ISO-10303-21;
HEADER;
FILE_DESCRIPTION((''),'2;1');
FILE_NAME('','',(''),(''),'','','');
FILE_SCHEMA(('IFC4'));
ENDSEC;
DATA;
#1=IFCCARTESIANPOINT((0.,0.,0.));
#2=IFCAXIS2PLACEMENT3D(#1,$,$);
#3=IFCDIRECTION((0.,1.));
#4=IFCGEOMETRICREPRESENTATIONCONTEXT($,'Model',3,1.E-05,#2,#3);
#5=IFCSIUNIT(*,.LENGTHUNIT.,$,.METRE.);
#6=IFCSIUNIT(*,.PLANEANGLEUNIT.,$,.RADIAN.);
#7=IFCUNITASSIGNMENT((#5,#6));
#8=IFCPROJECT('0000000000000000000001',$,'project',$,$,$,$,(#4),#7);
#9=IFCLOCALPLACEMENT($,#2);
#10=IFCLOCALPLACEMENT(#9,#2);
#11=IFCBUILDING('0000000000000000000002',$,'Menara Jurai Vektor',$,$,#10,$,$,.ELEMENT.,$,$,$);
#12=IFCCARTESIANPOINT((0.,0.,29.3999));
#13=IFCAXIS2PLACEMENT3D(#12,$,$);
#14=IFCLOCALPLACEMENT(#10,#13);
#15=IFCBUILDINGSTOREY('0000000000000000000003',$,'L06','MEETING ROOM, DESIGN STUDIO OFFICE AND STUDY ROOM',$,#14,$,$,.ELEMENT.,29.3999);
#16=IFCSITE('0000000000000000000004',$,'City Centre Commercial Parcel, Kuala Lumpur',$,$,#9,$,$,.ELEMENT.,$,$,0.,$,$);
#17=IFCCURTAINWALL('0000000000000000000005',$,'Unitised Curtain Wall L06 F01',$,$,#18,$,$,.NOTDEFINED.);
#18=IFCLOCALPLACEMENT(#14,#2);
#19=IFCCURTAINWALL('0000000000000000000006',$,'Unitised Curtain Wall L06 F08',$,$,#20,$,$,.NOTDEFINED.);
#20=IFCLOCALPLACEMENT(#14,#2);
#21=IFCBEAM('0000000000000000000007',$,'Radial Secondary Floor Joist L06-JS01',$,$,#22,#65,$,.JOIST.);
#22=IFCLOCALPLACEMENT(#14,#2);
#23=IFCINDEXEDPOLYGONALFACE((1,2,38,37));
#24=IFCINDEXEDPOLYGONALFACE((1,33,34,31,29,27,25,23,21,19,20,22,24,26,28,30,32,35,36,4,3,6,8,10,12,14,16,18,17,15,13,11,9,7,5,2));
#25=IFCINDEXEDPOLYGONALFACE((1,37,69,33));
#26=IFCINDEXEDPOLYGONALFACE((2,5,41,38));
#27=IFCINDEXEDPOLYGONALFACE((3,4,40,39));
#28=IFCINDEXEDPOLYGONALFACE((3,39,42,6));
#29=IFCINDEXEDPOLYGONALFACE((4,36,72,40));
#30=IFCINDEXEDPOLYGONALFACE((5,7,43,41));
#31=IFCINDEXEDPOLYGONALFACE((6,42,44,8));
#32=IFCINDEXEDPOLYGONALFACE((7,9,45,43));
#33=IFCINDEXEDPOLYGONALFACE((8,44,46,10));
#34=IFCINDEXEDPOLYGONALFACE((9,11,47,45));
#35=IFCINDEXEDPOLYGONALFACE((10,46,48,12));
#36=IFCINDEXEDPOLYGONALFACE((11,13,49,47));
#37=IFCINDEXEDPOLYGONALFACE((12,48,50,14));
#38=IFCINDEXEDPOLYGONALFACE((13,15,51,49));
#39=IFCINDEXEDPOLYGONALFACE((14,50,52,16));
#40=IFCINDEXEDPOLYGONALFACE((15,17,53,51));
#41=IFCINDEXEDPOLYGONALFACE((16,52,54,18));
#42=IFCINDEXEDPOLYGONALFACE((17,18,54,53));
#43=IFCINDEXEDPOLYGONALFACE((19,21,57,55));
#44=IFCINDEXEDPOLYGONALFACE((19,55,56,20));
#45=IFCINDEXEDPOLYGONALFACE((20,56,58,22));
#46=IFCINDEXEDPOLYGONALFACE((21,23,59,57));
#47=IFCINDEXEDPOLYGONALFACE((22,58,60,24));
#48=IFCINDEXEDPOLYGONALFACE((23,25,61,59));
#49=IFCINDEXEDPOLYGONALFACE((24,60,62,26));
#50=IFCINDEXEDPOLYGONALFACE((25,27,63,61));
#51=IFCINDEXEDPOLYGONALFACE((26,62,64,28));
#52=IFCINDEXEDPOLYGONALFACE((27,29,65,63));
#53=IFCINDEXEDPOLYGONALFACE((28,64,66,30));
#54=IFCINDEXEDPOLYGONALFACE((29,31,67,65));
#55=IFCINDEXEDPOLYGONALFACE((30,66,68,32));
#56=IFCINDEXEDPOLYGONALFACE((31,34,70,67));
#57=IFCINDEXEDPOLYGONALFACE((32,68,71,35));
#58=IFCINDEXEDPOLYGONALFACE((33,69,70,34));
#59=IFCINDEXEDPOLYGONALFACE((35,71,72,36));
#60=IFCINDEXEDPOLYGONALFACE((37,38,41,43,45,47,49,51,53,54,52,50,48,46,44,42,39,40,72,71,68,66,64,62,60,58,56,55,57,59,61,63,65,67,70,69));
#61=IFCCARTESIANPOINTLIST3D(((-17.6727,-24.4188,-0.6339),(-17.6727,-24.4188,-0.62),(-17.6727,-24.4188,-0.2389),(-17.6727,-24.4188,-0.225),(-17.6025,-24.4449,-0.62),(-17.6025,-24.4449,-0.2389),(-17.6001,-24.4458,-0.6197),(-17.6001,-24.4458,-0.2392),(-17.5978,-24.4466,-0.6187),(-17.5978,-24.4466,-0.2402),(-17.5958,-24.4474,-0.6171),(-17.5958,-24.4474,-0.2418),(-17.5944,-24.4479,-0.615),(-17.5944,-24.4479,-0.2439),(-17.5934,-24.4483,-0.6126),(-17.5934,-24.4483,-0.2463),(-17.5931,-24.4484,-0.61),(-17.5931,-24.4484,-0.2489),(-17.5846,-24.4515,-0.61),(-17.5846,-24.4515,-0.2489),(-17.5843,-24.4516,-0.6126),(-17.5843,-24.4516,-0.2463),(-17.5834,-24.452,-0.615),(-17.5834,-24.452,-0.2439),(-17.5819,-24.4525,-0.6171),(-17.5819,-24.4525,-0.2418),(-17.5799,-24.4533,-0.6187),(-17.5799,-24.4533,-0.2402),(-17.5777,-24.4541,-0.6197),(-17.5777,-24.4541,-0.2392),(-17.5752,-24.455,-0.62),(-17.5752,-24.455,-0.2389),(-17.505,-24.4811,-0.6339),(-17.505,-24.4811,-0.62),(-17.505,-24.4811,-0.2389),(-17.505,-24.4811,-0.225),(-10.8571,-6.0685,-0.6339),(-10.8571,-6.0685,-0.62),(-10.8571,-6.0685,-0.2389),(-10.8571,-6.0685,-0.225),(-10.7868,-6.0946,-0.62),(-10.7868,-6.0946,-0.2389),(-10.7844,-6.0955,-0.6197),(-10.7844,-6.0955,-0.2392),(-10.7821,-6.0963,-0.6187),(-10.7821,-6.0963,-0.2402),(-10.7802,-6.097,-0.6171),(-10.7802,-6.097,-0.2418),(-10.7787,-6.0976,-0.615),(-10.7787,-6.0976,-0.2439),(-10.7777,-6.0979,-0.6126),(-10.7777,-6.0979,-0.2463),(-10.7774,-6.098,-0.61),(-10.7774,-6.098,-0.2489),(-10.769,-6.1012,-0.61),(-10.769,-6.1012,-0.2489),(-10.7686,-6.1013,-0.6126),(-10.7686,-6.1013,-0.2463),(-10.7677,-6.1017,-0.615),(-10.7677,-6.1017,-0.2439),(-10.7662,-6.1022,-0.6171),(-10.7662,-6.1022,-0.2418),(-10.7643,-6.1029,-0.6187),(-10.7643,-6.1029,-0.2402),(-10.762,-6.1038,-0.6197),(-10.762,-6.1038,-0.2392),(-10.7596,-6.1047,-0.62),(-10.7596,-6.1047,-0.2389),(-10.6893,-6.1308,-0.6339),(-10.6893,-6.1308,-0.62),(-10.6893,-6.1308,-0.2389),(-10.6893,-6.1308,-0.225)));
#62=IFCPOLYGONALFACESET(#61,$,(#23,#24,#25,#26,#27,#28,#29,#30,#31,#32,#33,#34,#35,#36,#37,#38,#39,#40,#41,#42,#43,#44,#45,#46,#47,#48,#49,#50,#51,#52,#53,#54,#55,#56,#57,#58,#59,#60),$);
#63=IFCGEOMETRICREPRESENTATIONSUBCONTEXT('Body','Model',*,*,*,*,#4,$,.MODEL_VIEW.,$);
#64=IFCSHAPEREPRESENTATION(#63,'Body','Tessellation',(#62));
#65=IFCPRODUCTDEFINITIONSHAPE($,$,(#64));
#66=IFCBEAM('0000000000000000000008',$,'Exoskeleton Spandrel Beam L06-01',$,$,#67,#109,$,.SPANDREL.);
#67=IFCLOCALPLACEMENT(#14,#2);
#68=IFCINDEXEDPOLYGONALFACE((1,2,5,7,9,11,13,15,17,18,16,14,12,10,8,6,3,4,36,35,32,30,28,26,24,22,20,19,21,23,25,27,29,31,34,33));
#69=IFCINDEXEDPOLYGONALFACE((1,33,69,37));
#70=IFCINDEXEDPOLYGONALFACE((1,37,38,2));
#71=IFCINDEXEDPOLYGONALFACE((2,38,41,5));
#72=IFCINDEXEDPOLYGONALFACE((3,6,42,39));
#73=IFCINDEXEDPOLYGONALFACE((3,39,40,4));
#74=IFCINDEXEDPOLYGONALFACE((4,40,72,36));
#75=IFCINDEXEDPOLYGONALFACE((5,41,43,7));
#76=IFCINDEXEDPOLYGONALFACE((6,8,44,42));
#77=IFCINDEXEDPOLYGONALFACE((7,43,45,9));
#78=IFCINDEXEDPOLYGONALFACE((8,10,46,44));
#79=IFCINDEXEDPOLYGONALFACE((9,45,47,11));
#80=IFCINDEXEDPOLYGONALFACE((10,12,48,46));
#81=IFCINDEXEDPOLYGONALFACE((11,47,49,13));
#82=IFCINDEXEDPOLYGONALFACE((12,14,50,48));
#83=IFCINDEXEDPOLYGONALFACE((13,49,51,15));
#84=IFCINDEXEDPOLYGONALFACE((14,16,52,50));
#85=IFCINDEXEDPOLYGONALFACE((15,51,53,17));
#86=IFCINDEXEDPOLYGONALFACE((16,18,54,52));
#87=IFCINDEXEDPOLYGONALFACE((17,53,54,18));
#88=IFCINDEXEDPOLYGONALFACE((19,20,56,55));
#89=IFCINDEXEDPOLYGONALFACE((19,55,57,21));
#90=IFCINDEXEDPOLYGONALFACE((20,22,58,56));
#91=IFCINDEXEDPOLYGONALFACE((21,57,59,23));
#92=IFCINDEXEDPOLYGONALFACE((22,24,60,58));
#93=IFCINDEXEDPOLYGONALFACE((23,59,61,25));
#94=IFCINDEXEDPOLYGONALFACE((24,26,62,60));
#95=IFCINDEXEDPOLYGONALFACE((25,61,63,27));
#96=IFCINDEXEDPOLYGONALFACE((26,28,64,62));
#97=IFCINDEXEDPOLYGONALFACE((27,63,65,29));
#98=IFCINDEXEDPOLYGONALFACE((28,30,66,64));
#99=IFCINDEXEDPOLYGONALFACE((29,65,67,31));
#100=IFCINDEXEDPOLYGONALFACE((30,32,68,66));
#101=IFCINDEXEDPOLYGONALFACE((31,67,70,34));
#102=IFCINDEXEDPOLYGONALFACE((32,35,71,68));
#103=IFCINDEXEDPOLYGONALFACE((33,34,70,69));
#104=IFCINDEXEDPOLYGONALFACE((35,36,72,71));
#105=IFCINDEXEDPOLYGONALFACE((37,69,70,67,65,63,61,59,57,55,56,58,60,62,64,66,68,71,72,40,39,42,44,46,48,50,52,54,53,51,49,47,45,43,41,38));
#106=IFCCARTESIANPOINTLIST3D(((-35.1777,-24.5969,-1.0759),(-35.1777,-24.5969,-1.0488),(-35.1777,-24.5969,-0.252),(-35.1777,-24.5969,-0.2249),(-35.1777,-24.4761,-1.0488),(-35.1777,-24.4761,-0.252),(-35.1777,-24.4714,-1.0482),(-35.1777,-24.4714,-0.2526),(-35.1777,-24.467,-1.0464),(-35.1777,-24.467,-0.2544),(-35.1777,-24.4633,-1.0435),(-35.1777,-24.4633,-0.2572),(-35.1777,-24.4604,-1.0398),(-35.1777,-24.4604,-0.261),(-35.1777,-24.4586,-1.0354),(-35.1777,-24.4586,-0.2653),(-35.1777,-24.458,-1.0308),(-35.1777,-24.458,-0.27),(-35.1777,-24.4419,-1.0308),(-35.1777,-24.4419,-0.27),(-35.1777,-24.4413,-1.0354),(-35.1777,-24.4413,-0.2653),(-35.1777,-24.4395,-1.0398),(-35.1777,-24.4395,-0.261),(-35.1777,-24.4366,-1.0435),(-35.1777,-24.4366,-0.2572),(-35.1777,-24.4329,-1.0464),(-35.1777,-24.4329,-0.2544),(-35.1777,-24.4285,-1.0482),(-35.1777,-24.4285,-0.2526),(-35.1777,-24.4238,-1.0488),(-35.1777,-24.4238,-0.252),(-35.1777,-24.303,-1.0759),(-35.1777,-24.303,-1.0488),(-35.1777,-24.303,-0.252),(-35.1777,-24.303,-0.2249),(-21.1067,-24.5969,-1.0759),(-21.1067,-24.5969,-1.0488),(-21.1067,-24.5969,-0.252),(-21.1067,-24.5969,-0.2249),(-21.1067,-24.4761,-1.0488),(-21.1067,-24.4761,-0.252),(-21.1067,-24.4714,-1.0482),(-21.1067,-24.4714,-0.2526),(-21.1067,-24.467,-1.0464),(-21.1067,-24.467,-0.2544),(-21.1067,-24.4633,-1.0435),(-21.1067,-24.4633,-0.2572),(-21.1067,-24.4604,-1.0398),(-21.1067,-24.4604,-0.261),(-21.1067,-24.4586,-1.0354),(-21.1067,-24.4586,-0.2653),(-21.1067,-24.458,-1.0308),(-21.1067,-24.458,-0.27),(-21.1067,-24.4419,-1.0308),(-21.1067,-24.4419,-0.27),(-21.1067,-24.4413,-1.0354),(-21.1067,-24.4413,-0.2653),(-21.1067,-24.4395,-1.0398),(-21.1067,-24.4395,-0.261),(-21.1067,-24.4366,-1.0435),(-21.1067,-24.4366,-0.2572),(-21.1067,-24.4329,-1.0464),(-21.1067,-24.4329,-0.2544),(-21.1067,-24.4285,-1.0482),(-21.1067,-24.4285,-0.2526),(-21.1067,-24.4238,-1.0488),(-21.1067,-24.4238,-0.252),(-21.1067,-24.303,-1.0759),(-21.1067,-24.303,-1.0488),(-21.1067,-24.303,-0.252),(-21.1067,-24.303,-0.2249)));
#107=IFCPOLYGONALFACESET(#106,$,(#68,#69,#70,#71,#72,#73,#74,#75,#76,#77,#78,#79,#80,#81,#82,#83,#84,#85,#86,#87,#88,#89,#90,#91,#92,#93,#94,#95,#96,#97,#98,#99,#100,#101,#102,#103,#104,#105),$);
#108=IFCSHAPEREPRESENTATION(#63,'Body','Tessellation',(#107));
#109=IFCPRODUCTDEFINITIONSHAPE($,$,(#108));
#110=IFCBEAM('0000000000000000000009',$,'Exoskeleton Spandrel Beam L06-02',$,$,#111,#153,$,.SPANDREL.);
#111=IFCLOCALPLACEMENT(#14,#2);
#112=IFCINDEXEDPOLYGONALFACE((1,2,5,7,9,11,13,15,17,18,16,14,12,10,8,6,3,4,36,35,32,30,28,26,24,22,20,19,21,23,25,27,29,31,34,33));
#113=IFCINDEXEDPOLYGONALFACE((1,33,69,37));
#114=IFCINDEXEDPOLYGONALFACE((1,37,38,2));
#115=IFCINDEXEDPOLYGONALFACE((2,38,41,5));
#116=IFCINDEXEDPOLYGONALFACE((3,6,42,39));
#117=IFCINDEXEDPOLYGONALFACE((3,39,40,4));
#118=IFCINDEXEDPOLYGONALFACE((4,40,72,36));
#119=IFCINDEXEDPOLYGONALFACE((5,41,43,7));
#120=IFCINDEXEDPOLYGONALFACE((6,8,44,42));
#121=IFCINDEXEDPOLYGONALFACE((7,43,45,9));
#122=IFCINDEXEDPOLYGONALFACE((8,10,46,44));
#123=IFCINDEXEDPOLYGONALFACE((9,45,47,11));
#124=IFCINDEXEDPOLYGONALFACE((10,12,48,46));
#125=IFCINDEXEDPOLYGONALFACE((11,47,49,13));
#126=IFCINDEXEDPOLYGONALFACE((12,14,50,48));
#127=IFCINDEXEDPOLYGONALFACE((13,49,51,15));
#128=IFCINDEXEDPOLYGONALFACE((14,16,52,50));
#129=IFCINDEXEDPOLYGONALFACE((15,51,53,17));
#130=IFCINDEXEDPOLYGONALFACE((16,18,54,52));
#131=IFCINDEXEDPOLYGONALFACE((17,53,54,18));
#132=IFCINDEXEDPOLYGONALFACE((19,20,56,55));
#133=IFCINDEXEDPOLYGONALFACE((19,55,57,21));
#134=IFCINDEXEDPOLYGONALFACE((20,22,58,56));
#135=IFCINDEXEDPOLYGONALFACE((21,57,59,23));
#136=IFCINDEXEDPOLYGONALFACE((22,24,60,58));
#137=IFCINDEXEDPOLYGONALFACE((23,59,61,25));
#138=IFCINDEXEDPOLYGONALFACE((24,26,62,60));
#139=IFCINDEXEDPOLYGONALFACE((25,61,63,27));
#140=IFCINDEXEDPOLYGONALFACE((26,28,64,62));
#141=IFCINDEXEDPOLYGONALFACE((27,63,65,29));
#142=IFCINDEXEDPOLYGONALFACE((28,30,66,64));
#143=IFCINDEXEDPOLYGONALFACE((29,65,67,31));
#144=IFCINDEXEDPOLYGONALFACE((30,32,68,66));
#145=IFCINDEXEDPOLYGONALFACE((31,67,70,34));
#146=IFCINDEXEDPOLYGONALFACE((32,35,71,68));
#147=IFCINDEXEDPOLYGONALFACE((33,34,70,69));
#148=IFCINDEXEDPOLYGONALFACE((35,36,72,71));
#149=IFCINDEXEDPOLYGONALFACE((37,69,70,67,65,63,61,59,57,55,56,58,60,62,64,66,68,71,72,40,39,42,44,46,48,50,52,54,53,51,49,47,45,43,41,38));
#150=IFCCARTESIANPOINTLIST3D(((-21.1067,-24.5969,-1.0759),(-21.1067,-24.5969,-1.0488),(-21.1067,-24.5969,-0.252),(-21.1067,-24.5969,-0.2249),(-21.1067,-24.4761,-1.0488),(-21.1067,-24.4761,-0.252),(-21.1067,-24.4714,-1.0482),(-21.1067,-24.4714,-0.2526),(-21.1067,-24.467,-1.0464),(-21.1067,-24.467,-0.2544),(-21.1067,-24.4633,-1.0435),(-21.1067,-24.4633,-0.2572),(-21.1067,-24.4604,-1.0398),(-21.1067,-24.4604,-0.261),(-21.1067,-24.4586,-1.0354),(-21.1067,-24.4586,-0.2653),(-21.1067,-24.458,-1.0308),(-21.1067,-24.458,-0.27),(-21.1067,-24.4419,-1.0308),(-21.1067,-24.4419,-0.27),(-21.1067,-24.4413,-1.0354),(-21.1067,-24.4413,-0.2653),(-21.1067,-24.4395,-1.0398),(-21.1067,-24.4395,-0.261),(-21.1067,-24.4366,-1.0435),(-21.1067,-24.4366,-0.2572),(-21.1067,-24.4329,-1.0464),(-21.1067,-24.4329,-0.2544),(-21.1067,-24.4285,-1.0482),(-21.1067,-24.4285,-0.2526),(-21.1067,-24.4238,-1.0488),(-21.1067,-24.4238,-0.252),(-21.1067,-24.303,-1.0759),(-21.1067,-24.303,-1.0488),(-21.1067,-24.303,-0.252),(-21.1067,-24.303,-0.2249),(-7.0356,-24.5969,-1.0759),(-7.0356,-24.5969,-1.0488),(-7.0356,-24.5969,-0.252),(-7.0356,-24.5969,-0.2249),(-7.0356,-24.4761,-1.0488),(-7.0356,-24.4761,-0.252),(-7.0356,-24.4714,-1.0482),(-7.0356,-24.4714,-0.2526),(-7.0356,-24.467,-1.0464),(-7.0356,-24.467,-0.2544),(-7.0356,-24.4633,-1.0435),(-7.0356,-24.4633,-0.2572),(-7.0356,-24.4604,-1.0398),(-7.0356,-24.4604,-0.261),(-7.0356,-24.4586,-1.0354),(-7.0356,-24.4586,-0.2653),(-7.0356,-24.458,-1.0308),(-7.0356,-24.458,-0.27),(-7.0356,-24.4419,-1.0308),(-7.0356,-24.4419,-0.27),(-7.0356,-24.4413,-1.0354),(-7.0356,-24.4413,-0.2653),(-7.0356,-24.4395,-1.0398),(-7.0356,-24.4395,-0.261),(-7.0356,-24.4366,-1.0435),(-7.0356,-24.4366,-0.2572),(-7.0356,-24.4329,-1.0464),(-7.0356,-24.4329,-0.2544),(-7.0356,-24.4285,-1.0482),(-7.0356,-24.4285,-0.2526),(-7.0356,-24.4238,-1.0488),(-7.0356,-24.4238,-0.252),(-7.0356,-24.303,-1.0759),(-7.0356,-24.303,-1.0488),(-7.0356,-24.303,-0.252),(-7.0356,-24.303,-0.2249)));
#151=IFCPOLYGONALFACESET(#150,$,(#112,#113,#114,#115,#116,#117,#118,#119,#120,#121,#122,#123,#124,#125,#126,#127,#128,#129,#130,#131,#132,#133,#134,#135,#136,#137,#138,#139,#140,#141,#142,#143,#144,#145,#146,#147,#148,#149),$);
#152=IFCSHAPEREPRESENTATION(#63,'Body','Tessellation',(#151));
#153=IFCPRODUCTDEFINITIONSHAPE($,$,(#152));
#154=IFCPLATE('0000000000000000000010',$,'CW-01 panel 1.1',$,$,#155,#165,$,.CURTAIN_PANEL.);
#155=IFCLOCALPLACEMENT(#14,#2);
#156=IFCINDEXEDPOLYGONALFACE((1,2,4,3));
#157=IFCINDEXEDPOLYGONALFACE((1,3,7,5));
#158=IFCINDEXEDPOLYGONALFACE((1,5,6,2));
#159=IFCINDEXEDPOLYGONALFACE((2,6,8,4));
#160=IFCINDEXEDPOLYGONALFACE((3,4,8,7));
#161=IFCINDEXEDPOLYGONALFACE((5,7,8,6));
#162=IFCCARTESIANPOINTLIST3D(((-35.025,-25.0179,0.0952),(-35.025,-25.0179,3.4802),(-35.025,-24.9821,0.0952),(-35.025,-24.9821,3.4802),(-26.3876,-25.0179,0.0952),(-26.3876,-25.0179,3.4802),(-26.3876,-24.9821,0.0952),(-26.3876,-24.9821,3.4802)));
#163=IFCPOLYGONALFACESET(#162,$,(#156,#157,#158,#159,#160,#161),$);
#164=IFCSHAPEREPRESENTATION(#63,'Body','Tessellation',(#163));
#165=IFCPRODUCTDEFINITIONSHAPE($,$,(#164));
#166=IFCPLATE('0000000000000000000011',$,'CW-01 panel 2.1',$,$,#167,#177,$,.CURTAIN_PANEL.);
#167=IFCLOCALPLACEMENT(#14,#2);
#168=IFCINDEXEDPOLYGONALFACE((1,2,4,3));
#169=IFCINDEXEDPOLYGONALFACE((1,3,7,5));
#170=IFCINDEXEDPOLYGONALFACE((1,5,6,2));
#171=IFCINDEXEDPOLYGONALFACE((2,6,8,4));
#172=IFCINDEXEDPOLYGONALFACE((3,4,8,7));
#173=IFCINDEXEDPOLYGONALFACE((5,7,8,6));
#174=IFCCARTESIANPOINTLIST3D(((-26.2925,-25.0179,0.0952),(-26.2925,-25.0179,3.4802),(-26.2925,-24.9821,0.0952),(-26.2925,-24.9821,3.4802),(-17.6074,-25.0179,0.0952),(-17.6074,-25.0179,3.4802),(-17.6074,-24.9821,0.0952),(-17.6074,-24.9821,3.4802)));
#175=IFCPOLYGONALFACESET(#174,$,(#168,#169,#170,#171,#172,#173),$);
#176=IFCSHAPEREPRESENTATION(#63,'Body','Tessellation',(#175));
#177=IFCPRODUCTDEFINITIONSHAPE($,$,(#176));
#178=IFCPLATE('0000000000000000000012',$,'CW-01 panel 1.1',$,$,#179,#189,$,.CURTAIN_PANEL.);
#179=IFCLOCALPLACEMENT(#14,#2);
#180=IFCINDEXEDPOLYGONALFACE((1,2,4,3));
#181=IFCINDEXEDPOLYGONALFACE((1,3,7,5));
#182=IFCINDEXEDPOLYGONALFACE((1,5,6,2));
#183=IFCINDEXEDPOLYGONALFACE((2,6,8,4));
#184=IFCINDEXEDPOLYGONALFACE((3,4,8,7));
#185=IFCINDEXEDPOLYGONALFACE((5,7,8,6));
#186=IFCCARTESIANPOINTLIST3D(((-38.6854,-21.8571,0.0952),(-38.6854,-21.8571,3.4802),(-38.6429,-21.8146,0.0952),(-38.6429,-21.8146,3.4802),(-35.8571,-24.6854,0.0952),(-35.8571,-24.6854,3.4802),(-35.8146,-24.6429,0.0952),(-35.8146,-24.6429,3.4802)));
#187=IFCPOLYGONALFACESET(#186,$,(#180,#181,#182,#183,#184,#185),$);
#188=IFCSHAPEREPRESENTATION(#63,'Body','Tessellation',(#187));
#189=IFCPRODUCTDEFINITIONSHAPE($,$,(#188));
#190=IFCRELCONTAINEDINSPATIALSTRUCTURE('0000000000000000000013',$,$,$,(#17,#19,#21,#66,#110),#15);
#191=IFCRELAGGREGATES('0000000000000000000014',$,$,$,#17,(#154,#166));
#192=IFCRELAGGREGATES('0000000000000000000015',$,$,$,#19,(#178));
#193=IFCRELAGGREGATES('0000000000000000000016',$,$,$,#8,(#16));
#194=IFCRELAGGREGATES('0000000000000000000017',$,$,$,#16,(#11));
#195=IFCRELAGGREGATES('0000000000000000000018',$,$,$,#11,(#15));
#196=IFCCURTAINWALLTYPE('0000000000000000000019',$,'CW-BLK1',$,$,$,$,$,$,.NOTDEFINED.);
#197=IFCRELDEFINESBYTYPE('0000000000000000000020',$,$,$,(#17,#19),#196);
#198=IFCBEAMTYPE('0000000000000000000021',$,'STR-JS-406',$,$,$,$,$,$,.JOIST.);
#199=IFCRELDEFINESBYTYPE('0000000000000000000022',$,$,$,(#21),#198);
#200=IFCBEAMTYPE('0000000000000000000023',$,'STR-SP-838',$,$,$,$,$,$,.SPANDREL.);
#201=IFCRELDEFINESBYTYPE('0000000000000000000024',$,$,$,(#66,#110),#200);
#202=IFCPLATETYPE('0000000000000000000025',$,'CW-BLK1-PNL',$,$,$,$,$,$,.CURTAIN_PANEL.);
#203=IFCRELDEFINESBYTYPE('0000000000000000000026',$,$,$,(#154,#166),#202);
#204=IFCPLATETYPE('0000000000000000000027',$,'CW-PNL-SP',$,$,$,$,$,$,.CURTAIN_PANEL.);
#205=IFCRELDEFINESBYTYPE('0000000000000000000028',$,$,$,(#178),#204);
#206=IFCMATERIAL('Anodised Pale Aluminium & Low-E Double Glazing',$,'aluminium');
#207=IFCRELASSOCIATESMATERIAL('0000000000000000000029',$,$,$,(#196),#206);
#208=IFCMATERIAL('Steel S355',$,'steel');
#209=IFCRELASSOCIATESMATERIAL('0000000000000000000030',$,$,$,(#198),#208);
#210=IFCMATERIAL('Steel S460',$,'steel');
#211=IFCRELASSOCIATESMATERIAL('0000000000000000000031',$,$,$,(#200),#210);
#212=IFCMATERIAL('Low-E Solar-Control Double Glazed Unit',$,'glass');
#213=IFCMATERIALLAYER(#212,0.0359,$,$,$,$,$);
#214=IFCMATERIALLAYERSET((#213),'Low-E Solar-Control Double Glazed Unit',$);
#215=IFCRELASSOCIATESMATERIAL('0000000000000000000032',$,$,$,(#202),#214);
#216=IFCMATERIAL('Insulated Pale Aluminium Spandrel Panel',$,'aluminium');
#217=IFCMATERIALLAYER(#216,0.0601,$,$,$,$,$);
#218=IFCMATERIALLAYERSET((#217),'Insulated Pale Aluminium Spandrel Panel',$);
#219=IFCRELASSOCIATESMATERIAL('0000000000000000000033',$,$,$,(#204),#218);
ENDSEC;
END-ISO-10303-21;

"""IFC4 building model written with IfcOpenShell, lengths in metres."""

from ifc_helpers import new_model, si_unit, direction, frame, origin, origin_2d, place, context, subcontext, project, spatial, rectangle, i_section, extrude, material, layer, layer_set, material_profile, profile_set, type_object, element, aggregate, save


model = new_model("IFC4")

# Units and contexts
model_context = context("Model", 3, precision=1e-05, world=origin(), true_north=direction((0.0, 1.0)))
body_context = subcontext(model_context, "Body", "Model", "MODEL_VIEW")
ifc_project = project(units=[si_unit("LENGTHUNIT", "METRE"), si_unit("PLANEANGLEUNIT", "RADIAN")], contexts=[model_context])

# Site, building, storey
site_placement = place(None, origin())
site = spatial("IfcSite", under=ifc_project, at=site_placement, Name="City Centre Commercial Parcel, Kuala Lumpur", CompositionType="ELEMENT", RefElevation=0.0)
building_placement = place(site_placement, origin())
building = spatial("IfcBuilding", under=site, at=building_placement, Name="Menara Jurai Vektor", CompositionType="ELEMENT")
storey_placement = place(building_placement, frame((0.0, 0.0, 29.3999)))
storey = spatial("IfcBuildingStorey", under=building, at=storey_placement, Name="L06", Description="MEETING ROOM, DESIGN STUDIO OFFICE AND STUDY ROOM", CompositionType="ELEMENT", Elevation=29.3999)

# Shared definitions
ifc_material_1 = material(Name="Steel S460", Category="steel")

# Curtain wall
ifc_material_2 = material(Name="Anodised Pale Aluminium & Low-E Double Glazing", Category="aluminium")
curtain_wall_type = type_object("IfcCurtainWallType", Name="CW-BLK1", PredefinedType="NOTDEFINED", material=ifc_material_2)
curtain_wall_1_placement = place(storey_placement, origin())
curtain_wall_1 = element("IfcCurtainWall", 1, at=curtain_wall_1_placement, inside=storey, type_object=curtain_wall_type, Name="Unitised Curtain Wall L06 F01", PredefinedType="NOTDEFINED")

# Curtain wall
curtain_wall_2_placement = place(storey_placement, origin())
curtain_wall_2 = element("IfcCurtainWall", 2, at=curtain_wall_2_placement, inside=storey, type_object=curtain_wall_type, Name="Unitised Curtain Wall L06 F08", PredefinedType="NOTDEFINED")

# Beams
ifc_material_3 = material(Name="Steel S355", Category="steel")
ifc_material_profile_1 = material_profile(ifc_material_3, i_section(OverallWidth=0.179, OverallDepth=0.4089, WebThickness=0.009, FlangeThickness=0.0139, FilletRadius=0.01, at=origin_2d()), Name="UKB 406x178x67")
ifc_profile_set_1 = profile_set([ifc_material_profile_1], Name="Steel S355")
beam_type_1 = type_object("IfcBeamType", Name="STR-JS-406", PredefinedType="JOIST", material=ifc_profile_set_1)
beam_1_placement = place(storey_placement, frame((-17.5889, -24.45, -0.4294), z_axis=(0.348179, 0.937428, 0.0), x_axis=(-0.937428, 0.348179, 0.0)))
element("IfcBeam", 3, at=beam_1_placement, inside=storey, type_object=beam_type_1, Name="Radial Secondary Floor Joist L06-JS01", PredefinedType="JOIST", context=body_context, shape_type="SweptSolid", body=[
    extrude(i_section(OverallWidth=0.179, OverallDepth=0.4089, WebThickness=0.009, FlangeThickness=0.0139, FilletRadius=0.01, at=origin_2d()), origin(), (0.0, 0.0, 1.0), 19.5752),
])
ifc_material_profile_2 = material_profile(ifc_material_1, i_section(OverallWidth=0.2939, OverallDepth=0.8511, WebThickness=0.0161, FlangeThickness=0.0271, FilletRadius=0.0181, at=origin_2d()), Name="UKB 838x292x226")
ifc_profile_set_2 = profile_set([ifc_material_profile_2], Name="Steel S460")
beam_type_2 = type_object("IfcBeamType", Name="STR-SP-838", PredefinedType="SPANDREL", material=ifc_profile_set_2)
for number, where, z_axis, x_axis, name in (
    (4, (-35.1777, -24.45, -0.6504), (1.0, 0.0, 0.0), (0.0, 1.0, 0.0), "Exoskeleton Spandrel Beam L06-01"),
    (5, (-21.1067, -24.45, -0.6504), (1.0, 0.0, 0.0), (0.0, 1.0, 0.0), "Exoskeleton Spandrel Beam L06-02"),
):
    element("IfcBeam", number, at=place(storey_placement, frame(where, z_axis=z_axis, x_axis=x_axis)), inside=storey, type_object=beam_type_2, Name=name, PredefinedType="SPANDREL", context=body_context, shape_type="SweptSolid", body=[
        extrude(i_section(OverallWidth=0.2939, OverallDepth=0.8511, WebThickness=0.0161, FlangeThickness=0.0271, FilletRadius=0.0181, at=origin_2d()), origin(), (0.0, 0.0, 1.0), 14.071),
    ])

# Plates
ifc_material_4 = material(Name="Low-E Solar-Control Double Glazed Unit", Category="glass")
ifc_layer_1 = layer(ifc_material_4, 0.0359)
ifc_layer_set_1 = layer_set([ifc_layer_1], Name="Low-E Solar-Control Double Glazed Unit")
plate_type_1 = type_object("IfcPlateType", Name="CW-BLK1-PNL", PredefinedType="CURTAIN_PANEL", material=ifc_layer_set_1)
plate_1_placement = place(storey_placement, frame((-30.7063, -25.0, 0.0952), z_axis=(0.0, 0.0, 1.0), x_axis=(1.0, 0.0, 0.0)))
plate_1 = element("IfcPlate", 6, at=plate_1_placement, type_object=plate_type_1, Name="CW-01 panel 1.1", PredefinedType="CURTAIN_PANEL", context=body_context, shape_type="SweptSolid", body=[
    extrude(rectangle(XDim=8.6375, YDim=0.0359, at=origin_2d()), origin(), (0.0, 0.0, 1.0), 3.385),
])
plate_2_placement = place(storey_placement, frame((-21.95, -25.0, 0.0952), z_axis=(0.0, 0.0, 1.0), x_axis=(1.0, 0.0, 0.0)))
plate_2 = element("IfcPlate", 7, at=plate_2_placement, type_object=plate_type_1, Name="CW-01 panel 2.1", PredefinedType="CURTAIN_PANEL", context=body_context, shape_type="SweptSolid", body=[
    extrude(rectangle(XDim=8.6851, YDim=0.0359, at=origin_2d()), origin(), (0.0, 0.0, 1.0), 3.385),
])
aggregate(curtain_wall_1, [plate_1, plate_2])
ifc_material_5 = material(Name="Insulated Pale Aluminium Spandrel Panel", Category="aluminium")
ifc_layer_2 = layer(ifc_material_5, 0.0601)
ifc_layer_set_2 = layer_set([ifc_layer_2], Name="Insulated Pale Aluminium Spandrel Panel")
plate_type_2 = type_object("IfcPlateType", Name="CW-PNL-SP", PredefinedType="CURTAIN_PANEL", material=ifc_layer_set_2)
plate_3_placement = place(storey_placement, frame((-37.25, -23.25, 0.0952), z_axis=(0.0, 0.0, 1.0), x_axis=(0.707107, -0.707107, 0.0)))
plate_3 = element("IfcPlate", 8, at=plate_3_placement, type_object=plate_type_2, Name="CW-01 panel 1.1", PredefinedType="CURTAIN_PANEL", context=body_context, shape_type="SweptSolid", body=[
    extrude(rectangle(XDim=3.9998, YDim=0.0601, at=origin_2d()), origin(), (0.0, 0.0, 1.0), 3.385),
])
aggregate(curtain_wall_2, [plate_3])

save(model, "model.ifc")
